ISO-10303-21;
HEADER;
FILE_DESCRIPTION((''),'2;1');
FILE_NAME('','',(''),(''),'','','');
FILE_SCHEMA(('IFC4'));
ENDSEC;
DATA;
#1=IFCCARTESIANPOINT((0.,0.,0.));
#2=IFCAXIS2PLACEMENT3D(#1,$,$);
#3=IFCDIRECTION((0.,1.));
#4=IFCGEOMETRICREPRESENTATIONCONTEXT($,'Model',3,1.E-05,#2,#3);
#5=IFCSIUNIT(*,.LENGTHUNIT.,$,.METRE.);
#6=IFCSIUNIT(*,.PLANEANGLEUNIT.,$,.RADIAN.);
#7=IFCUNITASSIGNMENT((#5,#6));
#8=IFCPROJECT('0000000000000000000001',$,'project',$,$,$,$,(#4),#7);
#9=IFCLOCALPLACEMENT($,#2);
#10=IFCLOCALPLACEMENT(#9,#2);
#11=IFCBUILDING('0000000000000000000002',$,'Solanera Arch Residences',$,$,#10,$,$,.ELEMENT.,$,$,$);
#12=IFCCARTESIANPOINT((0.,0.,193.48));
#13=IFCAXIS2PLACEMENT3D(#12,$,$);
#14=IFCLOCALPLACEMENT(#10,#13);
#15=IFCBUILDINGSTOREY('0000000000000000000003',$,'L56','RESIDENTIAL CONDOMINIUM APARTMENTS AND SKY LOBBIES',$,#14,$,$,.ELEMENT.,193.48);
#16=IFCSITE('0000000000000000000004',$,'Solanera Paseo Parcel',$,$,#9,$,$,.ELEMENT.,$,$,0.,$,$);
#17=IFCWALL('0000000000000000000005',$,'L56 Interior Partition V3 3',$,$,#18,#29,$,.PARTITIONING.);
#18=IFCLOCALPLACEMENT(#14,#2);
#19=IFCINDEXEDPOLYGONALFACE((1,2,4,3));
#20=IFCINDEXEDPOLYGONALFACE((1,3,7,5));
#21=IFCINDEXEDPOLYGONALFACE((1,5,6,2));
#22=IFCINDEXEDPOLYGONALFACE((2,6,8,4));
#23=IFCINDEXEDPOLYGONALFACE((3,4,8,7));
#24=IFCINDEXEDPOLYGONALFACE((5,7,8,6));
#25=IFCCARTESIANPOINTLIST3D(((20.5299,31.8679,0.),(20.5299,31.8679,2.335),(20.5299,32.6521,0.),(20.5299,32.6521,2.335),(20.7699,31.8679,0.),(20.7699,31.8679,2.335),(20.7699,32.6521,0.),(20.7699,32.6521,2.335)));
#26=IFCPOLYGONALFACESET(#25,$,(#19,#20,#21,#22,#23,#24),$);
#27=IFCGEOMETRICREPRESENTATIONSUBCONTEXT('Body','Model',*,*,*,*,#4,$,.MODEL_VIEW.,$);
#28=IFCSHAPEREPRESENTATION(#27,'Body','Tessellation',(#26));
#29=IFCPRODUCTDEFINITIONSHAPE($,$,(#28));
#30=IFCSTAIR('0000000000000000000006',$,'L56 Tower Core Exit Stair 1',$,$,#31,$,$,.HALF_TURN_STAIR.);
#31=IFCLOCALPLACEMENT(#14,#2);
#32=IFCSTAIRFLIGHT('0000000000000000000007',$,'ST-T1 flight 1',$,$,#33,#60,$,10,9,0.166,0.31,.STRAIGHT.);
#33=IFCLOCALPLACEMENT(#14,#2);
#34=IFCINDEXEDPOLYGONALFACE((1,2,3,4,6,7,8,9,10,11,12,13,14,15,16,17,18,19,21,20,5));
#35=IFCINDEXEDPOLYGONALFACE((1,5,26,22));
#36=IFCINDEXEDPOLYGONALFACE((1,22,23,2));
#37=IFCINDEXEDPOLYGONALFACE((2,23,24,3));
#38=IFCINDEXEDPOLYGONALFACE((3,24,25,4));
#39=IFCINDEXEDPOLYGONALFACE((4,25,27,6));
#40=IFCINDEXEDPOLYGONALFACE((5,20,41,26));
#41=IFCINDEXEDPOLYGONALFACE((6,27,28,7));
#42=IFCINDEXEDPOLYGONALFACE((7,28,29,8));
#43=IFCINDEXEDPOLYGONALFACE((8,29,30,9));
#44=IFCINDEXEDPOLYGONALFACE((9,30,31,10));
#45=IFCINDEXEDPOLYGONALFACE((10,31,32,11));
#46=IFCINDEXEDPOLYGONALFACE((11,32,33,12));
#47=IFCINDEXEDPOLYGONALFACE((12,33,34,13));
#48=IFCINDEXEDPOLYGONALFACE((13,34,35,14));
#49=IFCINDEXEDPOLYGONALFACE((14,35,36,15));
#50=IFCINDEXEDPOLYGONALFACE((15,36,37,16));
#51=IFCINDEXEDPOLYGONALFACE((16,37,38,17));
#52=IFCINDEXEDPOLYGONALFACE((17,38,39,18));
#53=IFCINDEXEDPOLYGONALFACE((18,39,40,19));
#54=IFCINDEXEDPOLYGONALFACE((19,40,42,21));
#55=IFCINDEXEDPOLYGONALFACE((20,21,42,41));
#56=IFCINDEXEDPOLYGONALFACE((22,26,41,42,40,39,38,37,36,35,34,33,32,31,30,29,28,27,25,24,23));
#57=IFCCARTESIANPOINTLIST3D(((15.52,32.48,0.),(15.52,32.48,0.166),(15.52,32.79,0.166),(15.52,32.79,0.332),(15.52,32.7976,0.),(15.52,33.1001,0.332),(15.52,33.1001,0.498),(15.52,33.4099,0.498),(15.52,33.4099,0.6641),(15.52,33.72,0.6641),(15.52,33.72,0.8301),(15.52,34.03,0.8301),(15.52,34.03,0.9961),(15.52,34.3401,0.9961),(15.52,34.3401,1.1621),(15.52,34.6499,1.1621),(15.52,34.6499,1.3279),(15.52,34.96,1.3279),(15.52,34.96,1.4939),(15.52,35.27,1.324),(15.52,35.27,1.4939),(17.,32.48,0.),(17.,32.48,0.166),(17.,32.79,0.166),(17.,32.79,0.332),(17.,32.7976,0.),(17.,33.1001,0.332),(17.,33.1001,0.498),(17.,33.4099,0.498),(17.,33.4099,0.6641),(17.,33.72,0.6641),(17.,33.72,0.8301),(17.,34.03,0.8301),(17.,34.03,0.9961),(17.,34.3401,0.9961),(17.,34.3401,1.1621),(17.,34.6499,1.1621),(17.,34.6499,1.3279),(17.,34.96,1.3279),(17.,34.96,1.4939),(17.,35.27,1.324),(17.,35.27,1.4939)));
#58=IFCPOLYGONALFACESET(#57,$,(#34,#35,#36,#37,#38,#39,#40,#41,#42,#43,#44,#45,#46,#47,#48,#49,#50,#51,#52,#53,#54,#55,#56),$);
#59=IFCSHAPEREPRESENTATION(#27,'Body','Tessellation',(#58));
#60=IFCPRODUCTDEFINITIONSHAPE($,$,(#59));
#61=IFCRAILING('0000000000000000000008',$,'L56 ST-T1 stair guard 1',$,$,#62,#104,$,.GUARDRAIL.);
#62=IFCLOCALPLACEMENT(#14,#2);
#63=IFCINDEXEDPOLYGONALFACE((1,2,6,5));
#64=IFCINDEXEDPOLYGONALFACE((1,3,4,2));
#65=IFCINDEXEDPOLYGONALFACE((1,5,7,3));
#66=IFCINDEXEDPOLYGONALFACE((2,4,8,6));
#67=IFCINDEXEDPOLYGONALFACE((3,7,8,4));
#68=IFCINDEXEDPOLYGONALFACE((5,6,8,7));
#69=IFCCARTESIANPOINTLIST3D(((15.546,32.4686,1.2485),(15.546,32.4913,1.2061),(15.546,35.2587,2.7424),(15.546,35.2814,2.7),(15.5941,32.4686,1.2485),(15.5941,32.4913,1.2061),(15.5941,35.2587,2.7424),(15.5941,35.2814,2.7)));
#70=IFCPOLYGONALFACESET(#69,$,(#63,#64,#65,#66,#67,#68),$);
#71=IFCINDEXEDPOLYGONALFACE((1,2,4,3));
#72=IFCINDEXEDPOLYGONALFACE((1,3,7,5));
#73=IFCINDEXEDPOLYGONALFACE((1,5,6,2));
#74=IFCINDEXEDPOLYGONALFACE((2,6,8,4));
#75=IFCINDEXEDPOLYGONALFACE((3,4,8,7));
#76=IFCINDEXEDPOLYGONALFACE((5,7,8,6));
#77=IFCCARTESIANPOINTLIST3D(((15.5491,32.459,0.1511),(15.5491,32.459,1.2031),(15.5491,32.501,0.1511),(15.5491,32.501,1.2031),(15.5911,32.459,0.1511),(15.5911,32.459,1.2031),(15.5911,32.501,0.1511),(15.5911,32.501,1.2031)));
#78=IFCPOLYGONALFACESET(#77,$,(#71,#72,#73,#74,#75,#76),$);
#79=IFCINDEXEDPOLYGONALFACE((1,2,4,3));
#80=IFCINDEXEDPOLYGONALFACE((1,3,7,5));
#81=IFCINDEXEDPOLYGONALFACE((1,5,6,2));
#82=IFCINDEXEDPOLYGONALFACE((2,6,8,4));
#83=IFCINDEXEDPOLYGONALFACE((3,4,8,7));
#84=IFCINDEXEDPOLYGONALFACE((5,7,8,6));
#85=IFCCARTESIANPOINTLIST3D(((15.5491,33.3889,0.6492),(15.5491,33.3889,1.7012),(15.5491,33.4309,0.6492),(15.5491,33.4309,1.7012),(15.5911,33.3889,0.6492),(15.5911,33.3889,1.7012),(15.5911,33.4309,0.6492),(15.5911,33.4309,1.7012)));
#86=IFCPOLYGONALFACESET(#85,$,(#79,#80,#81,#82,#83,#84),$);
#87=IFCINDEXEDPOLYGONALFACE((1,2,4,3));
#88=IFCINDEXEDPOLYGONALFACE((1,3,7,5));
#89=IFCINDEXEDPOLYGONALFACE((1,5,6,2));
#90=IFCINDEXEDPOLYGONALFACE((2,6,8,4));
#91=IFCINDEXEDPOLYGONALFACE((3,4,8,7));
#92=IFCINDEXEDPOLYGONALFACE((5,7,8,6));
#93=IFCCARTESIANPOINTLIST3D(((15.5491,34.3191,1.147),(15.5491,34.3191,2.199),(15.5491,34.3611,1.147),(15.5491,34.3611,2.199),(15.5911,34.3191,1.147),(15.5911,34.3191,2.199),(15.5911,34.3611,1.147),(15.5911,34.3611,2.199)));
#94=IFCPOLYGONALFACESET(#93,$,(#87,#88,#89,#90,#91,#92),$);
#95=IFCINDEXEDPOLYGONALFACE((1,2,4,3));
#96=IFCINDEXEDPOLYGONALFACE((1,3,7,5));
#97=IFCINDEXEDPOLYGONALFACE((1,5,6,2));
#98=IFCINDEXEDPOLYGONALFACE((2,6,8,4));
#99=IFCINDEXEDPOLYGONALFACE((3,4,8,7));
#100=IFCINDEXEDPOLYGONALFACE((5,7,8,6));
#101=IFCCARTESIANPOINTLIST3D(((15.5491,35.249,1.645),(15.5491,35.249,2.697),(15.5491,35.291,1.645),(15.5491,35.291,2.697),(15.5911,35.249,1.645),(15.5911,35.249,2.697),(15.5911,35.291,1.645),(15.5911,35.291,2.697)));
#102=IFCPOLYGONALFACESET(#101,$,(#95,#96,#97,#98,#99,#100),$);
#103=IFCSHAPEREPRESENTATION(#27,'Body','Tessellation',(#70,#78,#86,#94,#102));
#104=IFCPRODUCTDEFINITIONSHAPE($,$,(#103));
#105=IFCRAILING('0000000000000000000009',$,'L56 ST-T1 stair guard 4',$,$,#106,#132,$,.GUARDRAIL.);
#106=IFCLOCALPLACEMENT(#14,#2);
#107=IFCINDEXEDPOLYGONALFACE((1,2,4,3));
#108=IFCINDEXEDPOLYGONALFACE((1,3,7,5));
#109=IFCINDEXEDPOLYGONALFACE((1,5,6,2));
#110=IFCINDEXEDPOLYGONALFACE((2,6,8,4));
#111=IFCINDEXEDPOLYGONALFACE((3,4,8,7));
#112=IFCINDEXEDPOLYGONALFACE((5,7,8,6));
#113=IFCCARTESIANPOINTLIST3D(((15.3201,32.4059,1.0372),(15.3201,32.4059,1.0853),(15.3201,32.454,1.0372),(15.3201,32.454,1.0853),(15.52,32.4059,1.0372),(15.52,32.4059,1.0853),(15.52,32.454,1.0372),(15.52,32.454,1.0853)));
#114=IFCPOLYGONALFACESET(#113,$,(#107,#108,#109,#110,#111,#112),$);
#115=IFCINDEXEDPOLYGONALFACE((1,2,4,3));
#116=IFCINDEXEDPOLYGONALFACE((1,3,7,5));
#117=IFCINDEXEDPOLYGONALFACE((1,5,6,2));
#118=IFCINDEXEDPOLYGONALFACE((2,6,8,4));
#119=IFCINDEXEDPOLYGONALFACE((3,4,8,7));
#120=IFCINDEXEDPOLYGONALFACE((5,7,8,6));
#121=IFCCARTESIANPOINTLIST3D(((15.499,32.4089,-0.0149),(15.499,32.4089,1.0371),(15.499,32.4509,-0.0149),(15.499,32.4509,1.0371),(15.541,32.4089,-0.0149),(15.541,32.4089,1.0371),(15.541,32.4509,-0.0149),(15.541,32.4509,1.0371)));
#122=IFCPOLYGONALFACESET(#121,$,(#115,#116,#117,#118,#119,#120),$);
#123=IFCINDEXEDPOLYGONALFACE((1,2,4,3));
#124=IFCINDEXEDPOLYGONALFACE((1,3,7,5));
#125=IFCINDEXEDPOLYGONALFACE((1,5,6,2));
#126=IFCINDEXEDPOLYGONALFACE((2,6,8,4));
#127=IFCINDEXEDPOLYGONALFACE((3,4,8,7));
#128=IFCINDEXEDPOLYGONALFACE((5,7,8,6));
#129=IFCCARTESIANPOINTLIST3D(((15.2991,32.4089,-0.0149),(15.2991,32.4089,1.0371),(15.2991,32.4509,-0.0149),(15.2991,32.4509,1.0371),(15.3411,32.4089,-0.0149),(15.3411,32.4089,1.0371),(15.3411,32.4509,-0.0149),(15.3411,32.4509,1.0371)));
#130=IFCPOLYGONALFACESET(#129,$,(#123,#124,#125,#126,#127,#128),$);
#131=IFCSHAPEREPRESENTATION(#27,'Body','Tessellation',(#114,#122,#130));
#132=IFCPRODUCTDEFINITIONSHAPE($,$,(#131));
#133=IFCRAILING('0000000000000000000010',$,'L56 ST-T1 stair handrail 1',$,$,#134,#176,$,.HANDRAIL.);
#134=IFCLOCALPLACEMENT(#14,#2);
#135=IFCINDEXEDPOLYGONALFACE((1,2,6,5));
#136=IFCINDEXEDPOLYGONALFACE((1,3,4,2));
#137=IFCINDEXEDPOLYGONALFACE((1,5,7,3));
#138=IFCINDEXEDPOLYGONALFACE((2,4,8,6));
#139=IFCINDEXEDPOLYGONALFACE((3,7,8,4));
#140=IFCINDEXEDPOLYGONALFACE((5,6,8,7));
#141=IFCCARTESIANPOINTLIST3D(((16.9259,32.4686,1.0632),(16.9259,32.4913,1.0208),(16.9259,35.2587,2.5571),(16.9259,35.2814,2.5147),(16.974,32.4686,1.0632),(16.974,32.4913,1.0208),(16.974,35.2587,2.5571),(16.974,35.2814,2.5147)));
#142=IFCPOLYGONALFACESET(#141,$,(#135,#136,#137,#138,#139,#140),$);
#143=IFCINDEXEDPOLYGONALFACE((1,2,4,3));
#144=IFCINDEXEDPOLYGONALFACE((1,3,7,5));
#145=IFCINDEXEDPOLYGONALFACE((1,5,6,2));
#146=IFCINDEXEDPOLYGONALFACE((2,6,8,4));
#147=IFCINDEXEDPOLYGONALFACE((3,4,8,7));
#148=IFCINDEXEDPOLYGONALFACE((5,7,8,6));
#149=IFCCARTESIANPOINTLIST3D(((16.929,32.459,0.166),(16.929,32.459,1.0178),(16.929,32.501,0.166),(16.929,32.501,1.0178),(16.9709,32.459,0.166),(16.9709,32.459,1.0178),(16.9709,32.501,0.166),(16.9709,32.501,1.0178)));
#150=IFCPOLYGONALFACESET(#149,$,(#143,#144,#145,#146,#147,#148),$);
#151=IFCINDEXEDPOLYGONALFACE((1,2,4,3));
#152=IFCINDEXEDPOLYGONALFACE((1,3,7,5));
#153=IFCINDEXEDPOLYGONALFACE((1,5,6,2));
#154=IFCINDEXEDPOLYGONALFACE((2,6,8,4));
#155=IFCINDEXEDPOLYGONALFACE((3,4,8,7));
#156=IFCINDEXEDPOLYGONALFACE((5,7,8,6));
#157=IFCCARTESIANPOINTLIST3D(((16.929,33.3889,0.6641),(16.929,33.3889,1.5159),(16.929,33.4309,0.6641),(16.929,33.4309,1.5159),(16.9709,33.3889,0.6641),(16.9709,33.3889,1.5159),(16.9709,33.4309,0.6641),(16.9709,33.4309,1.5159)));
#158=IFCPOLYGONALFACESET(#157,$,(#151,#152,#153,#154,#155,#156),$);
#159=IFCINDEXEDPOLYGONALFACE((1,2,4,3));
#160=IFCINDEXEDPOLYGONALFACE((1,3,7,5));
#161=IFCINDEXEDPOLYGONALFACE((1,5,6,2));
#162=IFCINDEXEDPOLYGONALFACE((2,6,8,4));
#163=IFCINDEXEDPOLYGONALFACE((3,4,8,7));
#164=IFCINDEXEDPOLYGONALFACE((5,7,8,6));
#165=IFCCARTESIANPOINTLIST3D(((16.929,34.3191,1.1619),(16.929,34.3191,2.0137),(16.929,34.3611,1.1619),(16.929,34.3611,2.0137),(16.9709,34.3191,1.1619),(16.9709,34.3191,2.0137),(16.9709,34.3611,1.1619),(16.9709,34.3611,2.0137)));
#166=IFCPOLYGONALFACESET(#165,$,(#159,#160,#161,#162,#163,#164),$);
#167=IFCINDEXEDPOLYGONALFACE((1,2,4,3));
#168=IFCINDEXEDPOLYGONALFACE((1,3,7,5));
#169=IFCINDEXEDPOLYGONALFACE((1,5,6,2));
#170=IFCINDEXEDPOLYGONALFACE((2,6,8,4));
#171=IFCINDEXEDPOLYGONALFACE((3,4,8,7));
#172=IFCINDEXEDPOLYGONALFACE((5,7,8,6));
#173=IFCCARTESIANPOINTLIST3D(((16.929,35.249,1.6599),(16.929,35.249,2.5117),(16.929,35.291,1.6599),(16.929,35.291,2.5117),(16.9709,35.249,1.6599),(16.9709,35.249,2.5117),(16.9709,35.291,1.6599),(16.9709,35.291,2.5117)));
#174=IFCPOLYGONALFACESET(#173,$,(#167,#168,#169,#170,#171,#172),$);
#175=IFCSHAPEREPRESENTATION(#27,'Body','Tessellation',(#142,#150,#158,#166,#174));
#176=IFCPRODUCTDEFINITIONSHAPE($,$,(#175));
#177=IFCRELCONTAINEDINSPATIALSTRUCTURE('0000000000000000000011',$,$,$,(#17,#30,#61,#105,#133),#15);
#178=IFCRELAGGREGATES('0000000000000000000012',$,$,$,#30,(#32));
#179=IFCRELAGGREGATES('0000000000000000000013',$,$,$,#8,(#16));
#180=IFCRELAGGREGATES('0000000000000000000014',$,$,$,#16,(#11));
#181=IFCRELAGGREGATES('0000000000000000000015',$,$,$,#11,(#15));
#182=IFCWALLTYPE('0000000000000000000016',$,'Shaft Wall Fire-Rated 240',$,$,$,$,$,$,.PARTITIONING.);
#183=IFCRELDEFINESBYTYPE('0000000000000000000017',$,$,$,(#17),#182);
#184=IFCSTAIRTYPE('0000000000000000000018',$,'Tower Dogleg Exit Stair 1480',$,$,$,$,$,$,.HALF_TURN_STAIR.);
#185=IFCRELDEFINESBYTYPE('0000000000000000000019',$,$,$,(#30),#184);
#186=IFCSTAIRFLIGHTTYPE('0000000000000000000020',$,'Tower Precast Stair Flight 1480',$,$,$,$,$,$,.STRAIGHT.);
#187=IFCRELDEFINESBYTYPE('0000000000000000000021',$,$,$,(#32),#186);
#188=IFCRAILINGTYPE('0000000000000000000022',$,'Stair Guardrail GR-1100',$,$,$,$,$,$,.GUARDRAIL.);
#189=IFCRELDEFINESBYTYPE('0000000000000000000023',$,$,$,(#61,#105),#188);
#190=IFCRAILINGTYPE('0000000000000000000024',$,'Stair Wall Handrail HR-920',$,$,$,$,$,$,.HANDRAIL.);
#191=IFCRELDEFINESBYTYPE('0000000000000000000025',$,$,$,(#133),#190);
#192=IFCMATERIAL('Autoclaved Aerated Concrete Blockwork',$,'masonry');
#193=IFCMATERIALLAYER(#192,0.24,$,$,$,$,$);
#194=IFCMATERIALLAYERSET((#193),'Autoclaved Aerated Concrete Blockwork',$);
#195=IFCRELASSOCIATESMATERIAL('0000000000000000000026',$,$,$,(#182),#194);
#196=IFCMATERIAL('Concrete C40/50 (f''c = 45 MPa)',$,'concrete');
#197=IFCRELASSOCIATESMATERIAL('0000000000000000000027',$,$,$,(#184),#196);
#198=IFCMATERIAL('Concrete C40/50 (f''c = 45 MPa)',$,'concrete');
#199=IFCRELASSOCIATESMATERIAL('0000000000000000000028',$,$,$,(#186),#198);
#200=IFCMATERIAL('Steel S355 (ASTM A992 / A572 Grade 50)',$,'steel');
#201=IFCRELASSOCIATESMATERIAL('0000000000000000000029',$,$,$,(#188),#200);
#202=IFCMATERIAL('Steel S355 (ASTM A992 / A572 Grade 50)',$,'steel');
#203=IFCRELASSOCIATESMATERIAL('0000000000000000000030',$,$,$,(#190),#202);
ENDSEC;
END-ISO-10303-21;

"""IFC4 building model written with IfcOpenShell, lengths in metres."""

from ifc_helpers import new_model, si_unit, direction, frame, frame_2d, origin, origin_2d, place, context, subcontext, project, spatial, polyline, rectangle, outline, extrude, material, layer, layer_set, type_object, element, aggregate, save


model = new_model("IFC4")

# Units and contexts
model_context = context("Model", 3, precision=1e-05, world=origin(), true_north=direction((0.0, 1.0)))
body_context = subcontext(model_context, "Body", "Model", "MODEL_VIEW")
ifc_project = project(units=[si_unit("LENGTHUNIT", "METRE"), si_unit("PLANEANGLEUNIT", "RADIAN")], contexts=[model_context])

# Site, building, storey
site_placement = place(None, origin())
site = spatial("IfcSite", under=ifc_project, at=site_placement, Name="Solanera Paseo Parcel", CompositionType="ELEMENT", RefElevation=0.0)
building_placement = place(site_placement, origin())
building = spatial("IfcBuilding", under=site, at=building_placement, Name="Solanera Arch Residences", CompositionType="ELEMENT")
storey_placement = place(building_placement, frame((0.0, 0.0, 193.48)))
storey = spatial("IfcBuildingStorey", under=building, at=storey_placement, Name="L56", Description="RESIDENTIAL CONDOMINIUM APARTMENTS AND SKY LOBBIES", CompositionType="ELEMENT", Elevation=193.48)

# Shared definitions
ifc_material_1 = material(Name="Autoclaved Aerated Concrete Blockwork", Category="masonry")
ifc_layer_1 = layer(ifc_material_1, 0.24)
ifc_layer_set_1 = layer_set([ifc_layer_1], Name="Autoclaved Aerated Concrete Blockwork")
wall_type_1 = type_object("IfcWallType", Name="Shaft Wall Fire-Rated 240", PredefinedType="PARTITIONING", material=ifc_layer_set_1)

# Wall
wall_1_placement = place(storey_placement, frame((20.6499, 31.8679, 0.0), z_axis=(0.0, 0.0, 1.0), x_axis=(0.0, 1.0, 0.0)))
element("IfcWall", 1, at=wall_1_placement, inside=storey, type_object=wall_type_1, Name="L56 Interior Partition V3 3", PredefinedType="PARTITIONING", context=body_context, shape_type="SweptSolid", body=[
    extrude(rectangle(XDim=0.7842, YDim=0.24, at=frame_2d((0.3921, 0.0))), origin(), (0.0, 0.0, 1.0), 2.335),
])

# Stair, stair flight
ifc_material_2 = material(Name="Concrete C40/50 (f'c = 45 MPa)", Category="concrete")
stair_type = type_object("IfcStairType", Name="Tower Dogleg Exit Stair 1480", PredefinedType="HALF_TURN_STAIR", material=ifc_material_2)
stair_placement = place(storey_placement, origin())
stair = element("IfcStair", 2, at=stair_placement, inside=storey, type_object=stair_type, Name="L56 Tower Core Exit Stair 1", PredefinedType="HALF_TURN_STAIR")
ifc_material_3 = material(Name="Concrete C40/50 (f'c = 45 MPa)", Category="concrete")
stair_flight_type = type_object("IfcStairFlightType", Name="Tower Precast Stair Flight 1480", PredefinedType="STRAIGHT", material=ifc_material_3)
stair_flight_placement = place(storey_placement, frame((16.26, 32.48, 0.0), z_axis=(0.0, 0.0, 1.0), x_axis=(0.0, 1.0, 0.0)))
stair_flight = element("IfcStairFlight", 3, at=stair_flight_placement, type_object=stair_flight_type, Name="ST-T1 flight 1", NumberOfRisers=10, NumberOfTreads=9, PredefinedType="STRAIGHT", RiserHeight=0.166, TreadLength=0.31, context=body_context, shape_type="SweptSolid", body=[
    extrude(outline(polyline([(0.0, 0.0), (0.0, 0.166), (0.3101, 0.166), (0.3101, 0.332), (0.6201, 0.332), (0.6201, 0.498), (0.9299, 0.498), (0.9299, 0.6641), (1.24, 0.6641), (1.24, 0.8301), (1.55, 0.8301), (1.55, 0.9961), (1.8601, 0.9961), (1.8601, 1.1621), (2.1699, 1.1621), (2.1699, 1.3279), (2.48, 1.3279), (2.48, 1.4939), (2.79, 1.4939), (2.79, 1.6599), (2.79, 1.324), (0.3176, 0.0), (0.0, 0.0)])), frame((0.0, 0.74, 0.0), z_axis=(0.0, -1.0, 0.0), x_axis=(1.0, 0.0, 0.0)), (0.0, 0.0, 1.0), 1.48),
])
aggregate(stair, [stair_flight])

# Railings
ifc_material_4 = material(Name="Steel S355 (ASTM A992 / A572 Grade 50)", Category="steel")
railing_type_1 = type_object("IfcRailingType", Name="Stair Guardrail GR-1100", PredefinedType="GUARDRAIL", material=ifc_material_4)
railing_1_placement = place(storey_placement, frame((15.5701, 32.48, 0.1511)))
element("IfcRailing", 4, at=railing_1_placement, inside=storey, type_object=railing_type_1, Name="L56 ST-T1 stair guard 1", PredefinedType="GUARDRAIL", context=body_context, shape_type="SweptSolid", body=[
    extrude(rectangle(XDim=0.0481, YDim=0.0481, at=origin_2d()), frame((0.0, 0.0, 1.0762), z_axis=(0.0, 0.881581, 0.472033), x_axis=(-1.0, 0.0, 0.0)), (0.0, 0.0, 1.0), 3.1648),
    extrude(rectangle(XDim=0.042, YDim=0.042, at=origin_2d()), origin(), (0.0, 0.0, 1.0), 1.052),
    extrude(rectangle(XDim=0.042, YDim=0.042, at=origin_2d()), frame((0.0, 0.9299, 0.498)), (0.0, 0.0, 1.0), 1.052),
    extrude(rectangle(XDim=0.042, YDim=0.042, at=origin_2d()), frame((0.0, 1.8601, 0.9958)), (0.0, 0.0, 1.0), 1.052),
    extrude(rectangle(XDim=0.042, YDim=0.042, at=origin_2d()), frame((0.0, 2.79, 1.4939)), (0.0, 0.0, 1.0), 1.052),
])
railing_2_placement = place(storey_placement, frame((15.52, 32.4299, -0.0149)))
element("IfcRailing", 5, at=railing_2_placement, inside=storey, type_object=railing_type_1, Name="L56 ST-T1 stair guard 4", PredefinedType="GUARDRAIL", context=body_context, shape_type="SweptSolid", body=[
    extrude(rectangle(XDim=0.0481, YDim=0.0481, at=origin_2d()), frame((0.0, 0.0, 1.0762), z_axis=(-1.0, 0.0, 0.0), x_axis=(0.0, -1.0, 0.0)), (0.0, 0.0, 1.0), 0.2),
    extrude(rectangle(XDim=0.042, YDim=0.042, at=origin_2d()), origin(), (0.0, 0.0, 1.0), 1.052),
    extrude(rectangle(XDim=0.042, YDim=0.042, at=origin_2d()), frame((-0.2, 0.0, 0.0)), (0.0, 0.0, 1.0), 1.052),
])
ifc_material_5 = material(Name="Steel S355 (ASTM A992 / A572 Grade 50)", Category="steel")
railing_type_2 = type_object("IfcRailingType", Name="Stair Wall Handrail HR-920", PredefinedType="HANDRAIL", material=ifc_material_5)
railing_3_placement = place(storey_placement, frame((16.95, 32.48, 0.166)))
element("IfcRailing", 6, at=railing_3_placement, inside=storey, type_object=railing_type_2, Name="L56 ST-T1 stair handrail 1", PredefinedType="HANDRAIL", context=body_context, shape_type="SweptSolid", body=[
    extrude(rectangle(XDim=0.0481, YDim=0.0481, at=origin_2d()), frame((0.0, 0.0, 0.876), z_axis=(0.0, 0.881581, 0.472033), x_axis=(-1.0, 0.0, 0.0)), (0.0, 0.0, 1.0), 3.1648),
    extrude(rectangle(XDim=0.042, YDim=0.042, at=origin_2d()), origin(), (0.0, 0.0, 1.0), 0.8518),
    extrude(rectangle(XDim=0.042, YDim=0.042, at=origin_2d()), frame((0.0, 0.9299, 0.498)), (0.0, 0.0, 1.0), 0.8518),
    extrude(rectangle(XDim=0.042, YDim=0.042, at=origin_2d()), frame((0.0, 1.8601, 0.9958)), (0.0, 0.0, 1.0), 0.8518),
    extrude(rectangle(XDim=0.042, YDim=0.042, at=origin_2d()), frame((0.0, 2.79, 1.4939)), (0.0, 0.0, 1.0), 0.8518),
])

save(model, "model.ifc")
